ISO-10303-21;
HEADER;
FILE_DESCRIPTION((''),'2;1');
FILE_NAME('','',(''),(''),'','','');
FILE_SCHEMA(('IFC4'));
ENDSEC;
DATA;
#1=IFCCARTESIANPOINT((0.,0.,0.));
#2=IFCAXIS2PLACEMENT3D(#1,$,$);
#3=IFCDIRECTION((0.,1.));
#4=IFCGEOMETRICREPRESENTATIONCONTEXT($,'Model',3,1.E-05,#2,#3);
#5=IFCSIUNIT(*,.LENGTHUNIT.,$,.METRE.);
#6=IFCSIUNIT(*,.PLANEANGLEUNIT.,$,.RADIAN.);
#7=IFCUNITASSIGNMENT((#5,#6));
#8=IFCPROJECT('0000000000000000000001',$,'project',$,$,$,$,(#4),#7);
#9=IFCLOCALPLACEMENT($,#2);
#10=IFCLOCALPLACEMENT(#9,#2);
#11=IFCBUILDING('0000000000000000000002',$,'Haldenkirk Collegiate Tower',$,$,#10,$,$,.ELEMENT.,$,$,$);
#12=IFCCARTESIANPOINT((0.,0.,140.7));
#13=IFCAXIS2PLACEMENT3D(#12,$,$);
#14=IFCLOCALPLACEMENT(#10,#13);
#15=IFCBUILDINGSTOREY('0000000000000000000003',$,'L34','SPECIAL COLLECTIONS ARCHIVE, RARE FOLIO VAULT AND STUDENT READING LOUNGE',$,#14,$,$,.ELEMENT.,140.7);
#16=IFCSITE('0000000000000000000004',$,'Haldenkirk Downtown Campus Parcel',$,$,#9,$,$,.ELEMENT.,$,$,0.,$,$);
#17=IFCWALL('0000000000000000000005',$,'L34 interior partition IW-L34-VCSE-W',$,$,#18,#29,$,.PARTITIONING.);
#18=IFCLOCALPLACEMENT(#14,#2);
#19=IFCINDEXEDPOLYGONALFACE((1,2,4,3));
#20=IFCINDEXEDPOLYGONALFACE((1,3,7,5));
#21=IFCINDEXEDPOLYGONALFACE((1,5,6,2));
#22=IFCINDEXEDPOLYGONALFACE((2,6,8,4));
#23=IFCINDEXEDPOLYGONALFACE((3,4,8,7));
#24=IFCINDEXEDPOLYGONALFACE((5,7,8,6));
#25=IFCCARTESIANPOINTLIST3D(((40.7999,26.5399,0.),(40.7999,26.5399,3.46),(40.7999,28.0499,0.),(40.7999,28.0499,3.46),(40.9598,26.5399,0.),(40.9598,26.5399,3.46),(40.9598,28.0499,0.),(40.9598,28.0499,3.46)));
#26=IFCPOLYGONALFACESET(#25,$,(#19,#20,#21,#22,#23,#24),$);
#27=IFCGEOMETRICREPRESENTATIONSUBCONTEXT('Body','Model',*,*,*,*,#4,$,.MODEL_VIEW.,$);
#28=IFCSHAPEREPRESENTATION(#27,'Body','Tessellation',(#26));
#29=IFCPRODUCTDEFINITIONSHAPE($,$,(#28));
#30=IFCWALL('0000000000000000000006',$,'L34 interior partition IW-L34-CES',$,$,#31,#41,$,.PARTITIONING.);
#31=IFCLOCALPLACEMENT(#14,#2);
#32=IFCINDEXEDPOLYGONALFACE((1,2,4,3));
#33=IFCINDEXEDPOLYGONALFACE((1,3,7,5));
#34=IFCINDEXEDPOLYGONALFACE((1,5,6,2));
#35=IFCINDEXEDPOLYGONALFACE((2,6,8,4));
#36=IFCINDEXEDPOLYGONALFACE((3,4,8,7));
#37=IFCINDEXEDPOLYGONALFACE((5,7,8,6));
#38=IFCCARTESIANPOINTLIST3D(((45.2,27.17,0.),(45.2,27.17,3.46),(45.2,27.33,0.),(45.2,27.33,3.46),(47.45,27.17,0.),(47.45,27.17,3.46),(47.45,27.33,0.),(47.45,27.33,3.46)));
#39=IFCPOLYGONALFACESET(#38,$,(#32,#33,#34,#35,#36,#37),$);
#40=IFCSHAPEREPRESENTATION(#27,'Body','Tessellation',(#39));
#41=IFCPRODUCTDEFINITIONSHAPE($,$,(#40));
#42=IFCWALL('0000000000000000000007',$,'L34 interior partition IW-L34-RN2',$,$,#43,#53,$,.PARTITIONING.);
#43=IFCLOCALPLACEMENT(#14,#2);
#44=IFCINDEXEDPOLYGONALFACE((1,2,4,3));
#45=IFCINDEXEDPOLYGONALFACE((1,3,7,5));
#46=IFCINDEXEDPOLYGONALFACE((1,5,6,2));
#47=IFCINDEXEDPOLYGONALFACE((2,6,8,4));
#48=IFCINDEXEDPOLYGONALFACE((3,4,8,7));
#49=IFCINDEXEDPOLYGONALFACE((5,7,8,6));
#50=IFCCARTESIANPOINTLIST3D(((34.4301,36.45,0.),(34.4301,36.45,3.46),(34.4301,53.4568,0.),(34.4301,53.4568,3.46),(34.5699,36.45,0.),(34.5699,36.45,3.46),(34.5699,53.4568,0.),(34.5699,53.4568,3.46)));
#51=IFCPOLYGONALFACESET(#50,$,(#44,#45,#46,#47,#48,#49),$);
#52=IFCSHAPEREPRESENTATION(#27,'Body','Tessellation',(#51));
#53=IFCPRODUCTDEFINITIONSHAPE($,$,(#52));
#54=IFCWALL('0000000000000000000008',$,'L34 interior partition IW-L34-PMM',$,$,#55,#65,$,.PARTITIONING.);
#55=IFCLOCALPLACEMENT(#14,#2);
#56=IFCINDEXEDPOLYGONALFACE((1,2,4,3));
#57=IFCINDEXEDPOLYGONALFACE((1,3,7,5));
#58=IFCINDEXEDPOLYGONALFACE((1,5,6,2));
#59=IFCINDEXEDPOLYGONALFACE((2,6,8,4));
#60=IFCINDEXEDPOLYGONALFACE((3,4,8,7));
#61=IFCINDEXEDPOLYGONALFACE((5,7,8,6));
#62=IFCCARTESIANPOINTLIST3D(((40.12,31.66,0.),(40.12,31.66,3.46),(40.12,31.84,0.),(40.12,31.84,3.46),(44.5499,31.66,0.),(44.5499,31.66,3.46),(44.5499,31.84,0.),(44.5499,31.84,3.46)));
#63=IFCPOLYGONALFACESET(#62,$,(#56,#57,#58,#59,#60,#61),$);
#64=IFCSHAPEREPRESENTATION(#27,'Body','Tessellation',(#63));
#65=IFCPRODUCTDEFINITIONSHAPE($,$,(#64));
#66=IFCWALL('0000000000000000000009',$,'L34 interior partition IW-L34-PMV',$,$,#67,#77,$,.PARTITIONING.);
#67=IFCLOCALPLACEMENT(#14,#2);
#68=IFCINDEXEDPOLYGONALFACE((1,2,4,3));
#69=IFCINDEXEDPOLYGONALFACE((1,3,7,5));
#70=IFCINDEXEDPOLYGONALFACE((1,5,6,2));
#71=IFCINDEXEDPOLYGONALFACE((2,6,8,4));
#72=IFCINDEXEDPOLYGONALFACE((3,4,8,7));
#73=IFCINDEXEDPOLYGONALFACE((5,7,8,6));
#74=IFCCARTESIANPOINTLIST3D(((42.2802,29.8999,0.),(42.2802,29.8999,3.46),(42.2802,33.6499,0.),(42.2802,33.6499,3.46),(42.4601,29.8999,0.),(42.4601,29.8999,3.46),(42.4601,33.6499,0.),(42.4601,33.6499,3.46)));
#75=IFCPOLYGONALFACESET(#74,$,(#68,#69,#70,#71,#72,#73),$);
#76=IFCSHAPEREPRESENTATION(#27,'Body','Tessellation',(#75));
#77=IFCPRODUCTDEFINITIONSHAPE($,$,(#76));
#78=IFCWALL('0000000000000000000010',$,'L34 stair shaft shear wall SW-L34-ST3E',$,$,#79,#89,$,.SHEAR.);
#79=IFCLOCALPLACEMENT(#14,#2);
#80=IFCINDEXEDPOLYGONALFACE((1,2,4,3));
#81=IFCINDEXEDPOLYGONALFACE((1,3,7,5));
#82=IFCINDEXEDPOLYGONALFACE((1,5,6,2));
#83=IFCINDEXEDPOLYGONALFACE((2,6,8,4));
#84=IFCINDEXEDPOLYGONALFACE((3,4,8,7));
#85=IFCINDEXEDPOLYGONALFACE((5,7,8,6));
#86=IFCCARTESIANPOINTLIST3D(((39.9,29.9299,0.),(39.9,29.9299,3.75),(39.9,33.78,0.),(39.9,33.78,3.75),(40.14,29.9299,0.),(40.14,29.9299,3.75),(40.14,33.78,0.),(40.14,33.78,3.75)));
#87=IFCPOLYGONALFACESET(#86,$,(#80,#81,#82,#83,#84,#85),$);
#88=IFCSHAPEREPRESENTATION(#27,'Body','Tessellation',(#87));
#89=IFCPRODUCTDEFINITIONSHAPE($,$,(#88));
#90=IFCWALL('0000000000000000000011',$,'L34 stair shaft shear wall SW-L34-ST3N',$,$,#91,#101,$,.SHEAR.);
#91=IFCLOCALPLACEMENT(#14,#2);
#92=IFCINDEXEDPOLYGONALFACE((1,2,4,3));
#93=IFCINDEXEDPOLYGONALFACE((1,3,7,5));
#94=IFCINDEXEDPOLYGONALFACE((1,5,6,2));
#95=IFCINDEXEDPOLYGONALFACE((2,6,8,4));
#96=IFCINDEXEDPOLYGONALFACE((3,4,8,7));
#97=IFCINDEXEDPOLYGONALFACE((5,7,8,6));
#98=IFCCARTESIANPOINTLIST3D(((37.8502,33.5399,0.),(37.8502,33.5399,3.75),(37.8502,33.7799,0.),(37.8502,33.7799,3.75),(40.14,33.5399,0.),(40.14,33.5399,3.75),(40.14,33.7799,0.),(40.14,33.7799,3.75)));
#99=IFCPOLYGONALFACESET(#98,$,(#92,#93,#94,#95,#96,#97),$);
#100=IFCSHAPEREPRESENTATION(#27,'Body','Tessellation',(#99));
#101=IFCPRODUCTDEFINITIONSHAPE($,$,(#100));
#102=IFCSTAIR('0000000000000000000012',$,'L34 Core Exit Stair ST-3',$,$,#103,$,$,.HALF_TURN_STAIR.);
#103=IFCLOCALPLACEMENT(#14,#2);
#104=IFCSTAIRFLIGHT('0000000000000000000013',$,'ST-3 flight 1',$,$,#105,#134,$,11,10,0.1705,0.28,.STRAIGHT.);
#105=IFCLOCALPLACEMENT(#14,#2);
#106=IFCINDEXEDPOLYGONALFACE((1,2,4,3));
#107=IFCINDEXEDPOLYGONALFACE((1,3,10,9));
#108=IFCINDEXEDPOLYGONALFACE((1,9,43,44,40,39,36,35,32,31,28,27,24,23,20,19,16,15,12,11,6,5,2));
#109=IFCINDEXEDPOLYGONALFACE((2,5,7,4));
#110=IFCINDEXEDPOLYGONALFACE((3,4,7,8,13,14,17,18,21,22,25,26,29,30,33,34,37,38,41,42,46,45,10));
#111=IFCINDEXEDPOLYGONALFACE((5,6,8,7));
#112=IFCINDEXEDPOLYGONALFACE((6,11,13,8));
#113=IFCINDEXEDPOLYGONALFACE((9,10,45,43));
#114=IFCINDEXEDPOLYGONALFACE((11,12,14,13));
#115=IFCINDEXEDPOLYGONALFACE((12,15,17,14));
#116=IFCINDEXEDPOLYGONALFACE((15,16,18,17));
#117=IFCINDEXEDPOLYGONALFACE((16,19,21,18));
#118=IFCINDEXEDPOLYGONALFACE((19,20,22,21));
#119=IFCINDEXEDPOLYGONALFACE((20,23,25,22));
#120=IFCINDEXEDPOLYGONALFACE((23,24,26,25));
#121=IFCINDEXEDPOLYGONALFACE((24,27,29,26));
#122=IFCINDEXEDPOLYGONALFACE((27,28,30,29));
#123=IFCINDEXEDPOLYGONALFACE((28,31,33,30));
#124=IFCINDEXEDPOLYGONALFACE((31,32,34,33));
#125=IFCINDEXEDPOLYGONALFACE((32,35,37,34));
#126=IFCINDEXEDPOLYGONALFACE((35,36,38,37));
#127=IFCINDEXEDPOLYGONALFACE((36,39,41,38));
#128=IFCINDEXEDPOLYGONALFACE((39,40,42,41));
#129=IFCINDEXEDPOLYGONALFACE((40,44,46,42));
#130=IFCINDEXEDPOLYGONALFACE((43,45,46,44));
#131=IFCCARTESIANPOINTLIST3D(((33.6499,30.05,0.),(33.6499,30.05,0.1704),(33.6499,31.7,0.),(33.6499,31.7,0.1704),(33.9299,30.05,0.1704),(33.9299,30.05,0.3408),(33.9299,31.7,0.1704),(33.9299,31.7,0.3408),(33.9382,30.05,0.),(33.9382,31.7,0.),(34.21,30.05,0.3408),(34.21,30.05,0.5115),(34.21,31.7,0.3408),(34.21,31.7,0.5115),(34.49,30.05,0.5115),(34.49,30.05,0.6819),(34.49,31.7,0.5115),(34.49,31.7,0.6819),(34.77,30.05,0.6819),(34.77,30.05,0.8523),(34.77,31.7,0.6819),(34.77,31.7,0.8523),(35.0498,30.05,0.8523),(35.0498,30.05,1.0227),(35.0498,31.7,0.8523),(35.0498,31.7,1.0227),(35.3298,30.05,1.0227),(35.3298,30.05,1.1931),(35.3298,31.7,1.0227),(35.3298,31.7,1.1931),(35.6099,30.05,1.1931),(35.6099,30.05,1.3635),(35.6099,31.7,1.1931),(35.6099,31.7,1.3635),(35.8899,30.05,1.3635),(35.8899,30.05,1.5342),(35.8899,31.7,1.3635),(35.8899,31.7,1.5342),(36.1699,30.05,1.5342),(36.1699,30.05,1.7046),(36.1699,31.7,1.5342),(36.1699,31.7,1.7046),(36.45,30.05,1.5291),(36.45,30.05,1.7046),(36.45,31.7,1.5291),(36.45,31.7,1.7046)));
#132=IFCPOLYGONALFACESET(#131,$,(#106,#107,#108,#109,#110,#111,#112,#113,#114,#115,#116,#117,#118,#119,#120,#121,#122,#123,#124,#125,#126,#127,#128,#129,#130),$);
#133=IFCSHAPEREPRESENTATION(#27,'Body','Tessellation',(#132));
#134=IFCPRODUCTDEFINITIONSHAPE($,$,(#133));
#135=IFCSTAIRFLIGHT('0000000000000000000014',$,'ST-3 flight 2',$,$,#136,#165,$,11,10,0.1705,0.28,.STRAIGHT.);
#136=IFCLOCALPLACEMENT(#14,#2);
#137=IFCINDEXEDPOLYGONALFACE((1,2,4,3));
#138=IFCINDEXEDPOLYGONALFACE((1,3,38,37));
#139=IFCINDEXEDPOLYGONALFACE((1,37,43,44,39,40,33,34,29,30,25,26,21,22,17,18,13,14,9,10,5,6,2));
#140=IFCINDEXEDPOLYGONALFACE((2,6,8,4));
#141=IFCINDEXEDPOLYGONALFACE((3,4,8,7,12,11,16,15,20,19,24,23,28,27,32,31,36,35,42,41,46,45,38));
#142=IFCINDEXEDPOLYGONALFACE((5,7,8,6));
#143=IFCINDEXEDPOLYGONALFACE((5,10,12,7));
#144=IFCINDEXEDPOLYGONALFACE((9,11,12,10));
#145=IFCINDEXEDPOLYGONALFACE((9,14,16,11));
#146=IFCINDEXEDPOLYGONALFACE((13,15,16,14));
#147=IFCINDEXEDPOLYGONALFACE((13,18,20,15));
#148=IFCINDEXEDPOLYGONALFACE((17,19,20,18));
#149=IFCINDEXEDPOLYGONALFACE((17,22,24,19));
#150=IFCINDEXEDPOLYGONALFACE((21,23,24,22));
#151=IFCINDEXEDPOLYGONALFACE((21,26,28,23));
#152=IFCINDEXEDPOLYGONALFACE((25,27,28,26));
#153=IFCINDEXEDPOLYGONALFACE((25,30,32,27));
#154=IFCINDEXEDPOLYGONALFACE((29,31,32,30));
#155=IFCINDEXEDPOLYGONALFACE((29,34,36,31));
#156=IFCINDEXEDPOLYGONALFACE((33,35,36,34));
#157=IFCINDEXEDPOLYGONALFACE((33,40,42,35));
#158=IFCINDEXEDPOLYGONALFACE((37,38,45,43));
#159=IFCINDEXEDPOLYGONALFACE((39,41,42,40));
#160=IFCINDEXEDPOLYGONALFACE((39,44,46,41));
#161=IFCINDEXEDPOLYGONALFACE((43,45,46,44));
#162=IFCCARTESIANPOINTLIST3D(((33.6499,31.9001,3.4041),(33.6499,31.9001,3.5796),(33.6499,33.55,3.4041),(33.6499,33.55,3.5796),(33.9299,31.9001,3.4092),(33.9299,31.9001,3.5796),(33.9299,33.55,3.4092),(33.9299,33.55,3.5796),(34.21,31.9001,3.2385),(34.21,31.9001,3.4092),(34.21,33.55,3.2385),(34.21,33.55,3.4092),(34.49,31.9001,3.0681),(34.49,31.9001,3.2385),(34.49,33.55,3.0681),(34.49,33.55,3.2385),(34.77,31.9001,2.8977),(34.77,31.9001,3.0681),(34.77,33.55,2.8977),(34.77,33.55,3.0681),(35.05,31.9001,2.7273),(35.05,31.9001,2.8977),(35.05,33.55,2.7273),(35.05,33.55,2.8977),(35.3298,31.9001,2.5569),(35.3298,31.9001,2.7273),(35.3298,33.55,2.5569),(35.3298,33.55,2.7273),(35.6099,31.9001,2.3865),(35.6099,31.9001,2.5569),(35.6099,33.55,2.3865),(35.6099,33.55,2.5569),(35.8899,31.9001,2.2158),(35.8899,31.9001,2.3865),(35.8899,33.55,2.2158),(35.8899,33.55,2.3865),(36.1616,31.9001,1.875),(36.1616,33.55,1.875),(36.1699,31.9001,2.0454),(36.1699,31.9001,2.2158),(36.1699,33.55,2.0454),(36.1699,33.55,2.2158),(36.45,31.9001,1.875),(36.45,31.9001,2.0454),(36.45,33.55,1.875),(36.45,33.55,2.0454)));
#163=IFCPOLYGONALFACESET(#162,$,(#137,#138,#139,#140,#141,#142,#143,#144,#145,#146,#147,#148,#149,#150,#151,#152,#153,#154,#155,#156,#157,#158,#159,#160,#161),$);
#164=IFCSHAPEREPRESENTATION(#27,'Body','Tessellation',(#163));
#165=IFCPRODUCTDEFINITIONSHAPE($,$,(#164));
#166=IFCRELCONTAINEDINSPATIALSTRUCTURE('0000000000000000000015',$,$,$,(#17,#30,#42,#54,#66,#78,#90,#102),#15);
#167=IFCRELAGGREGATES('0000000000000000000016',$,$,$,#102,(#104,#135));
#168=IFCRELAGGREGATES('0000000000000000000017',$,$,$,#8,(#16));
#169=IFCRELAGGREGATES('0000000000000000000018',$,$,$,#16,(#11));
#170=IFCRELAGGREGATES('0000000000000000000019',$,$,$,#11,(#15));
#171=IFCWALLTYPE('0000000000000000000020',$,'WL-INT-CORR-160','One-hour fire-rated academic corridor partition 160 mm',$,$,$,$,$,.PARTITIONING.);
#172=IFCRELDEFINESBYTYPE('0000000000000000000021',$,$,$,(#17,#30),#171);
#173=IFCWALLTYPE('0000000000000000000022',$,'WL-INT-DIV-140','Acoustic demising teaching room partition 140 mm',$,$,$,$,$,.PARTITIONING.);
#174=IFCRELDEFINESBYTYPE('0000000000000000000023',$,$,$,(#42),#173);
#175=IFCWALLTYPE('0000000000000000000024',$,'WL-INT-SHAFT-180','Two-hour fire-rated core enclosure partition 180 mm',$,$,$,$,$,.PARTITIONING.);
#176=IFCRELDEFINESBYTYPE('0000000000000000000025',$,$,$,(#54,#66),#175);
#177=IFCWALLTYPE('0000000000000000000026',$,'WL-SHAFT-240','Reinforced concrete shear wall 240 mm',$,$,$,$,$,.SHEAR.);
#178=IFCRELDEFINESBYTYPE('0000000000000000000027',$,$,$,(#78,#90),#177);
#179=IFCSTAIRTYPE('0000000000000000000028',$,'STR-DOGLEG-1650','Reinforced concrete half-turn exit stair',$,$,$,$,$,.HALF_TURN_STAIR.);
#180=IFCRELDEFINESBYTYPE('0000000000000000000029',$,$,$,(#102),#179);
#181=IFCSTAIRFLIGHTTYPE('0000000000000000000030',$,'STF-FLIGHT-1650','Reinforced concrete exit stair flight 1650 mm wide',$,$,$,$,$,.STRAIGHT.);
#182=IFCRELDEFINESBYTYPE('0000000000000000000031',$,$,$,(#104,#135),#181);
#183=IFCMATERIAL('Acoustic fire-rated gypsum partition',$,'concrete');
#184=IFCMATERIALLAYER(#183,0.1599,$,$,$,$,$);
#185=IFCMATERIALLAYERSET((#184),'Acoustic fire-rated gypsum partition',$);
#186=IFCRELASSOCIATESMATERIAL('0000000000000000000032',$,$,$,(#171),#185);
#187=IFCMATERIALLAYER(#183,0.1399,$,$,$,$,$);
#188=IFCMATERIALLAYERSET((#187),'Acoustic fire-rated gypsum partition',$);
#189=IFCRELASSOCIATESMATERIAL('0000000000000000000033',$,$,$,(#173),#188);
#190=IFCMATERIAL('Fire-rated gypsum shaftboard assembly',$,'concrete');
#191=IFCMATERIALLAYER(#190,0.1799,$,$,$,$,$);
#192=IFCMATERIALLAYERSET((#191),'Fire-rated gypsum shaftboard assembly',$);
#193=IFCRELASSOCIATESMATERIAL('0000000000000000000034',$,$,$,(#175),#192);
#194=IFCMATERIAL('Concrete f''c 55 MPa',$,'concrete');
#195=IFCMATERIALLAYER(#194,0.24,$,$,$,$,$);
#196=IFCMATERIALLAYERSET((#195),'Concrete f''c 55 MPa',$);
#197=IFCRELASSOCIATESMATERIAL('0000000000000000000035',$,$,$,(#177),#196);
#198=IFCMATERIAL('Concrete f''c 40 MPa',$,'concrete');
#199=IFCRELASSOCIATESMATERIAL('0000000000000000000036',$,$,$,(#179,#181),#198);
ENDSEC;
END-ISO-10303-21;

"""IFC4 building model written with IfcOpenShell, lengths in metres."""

from ifc_helpers import new_model, si_unit, direction, frame, frame_2d, origin, place, context, subcontext, project, spatial, polyline, rectangle, outline, extrude, material, layer, layer_set, type_object, element, aggregate, save


model = new_model("IFC4")

# Units and contexts
model_context = context("Model", 3, precision=1e-05, world=origin(), true_north=direction((0.0, 1.0)))
body_context = subcontext(model_context, "Body", "Model", "MODEL_VIEW")
ifc_project = project(units=[si_unit("LENGTHUNIT", "METRE"), si_unit("PLANEANGLEUNIT", "RADIAN")], contexts=[model_context])

# Site, building, storey
site_placement = place(None, origin())
site = spatial("IfcSite", under=ifc_project, at=site_placement, Name="Haldenkirk Downtown Campus Parcel", CompositionType="ELEMENT", RefElevation=0.0)
building_placement = place(site_placement, origin())
building = spatial("IfcBuilding", under=site, at=building_placement, Name="Haldenkirk Collegiate Tower", CompositionType="ELEMENT")
storey_placement = place(building_placement, frame((0.0, 0.0, 140.7)))
storey = spatial("IfcBuildingStorey", under=building, at=storey_placement, Name="L34", Description="SPECIAL COLLECTIONS ARCHIVE, RARE FOLIO VAULT AND STUDENT READING LOUNGE", CompositionType="ELEMENT", Elevation=140.7)

# Shared definitions
ifc_material_1 = material(Name="Acoustic fire-rated gypsum partition", Category="concrete")
ifc_layer_1 = layer(ifc_material_1, 0.1599)
ifc_layer_set_1 = layer_set([ifc_layer_1], Name="Acoustic fire-rated gypsum partition")
wall_type_1 = type_object("IfcWallType", Name="WL-INT-CORR-160", Description="One-hour fire-rated academic corridor partition 160 mm", PredefinedType="PARTITIONING", material=ifc_layer_set_1)

# Walls
wall_1_placement = place(storey_placement, frame((40.8799, 26.54, 0.0), z_axis=(0.0, 0.0, 1.0), x_axis=(0.0, 1.0, 0.0)))
element("IfcWall", 1, at=wall_1_placement, inside=storey, type_object=wall_type_1, Name="L34 interior partition IW-L34-VCSE-W", PredefinedType="PARTITIONING", context=body_context, shape_type="SweptSolid", body=[
    extrude(rectangle(XDim=1.51, YDim=0.1599, at=frame_2d((0.7549, 0.0))), origin(), (0.0, 0.0, 1.0), 3.46),
])
wall_2_placement = place(storey_placement, frame((45.2, 27.25, 0.0), z_axis=(0.0, 0.0, 1.0), x_axis=(1.0, 0.0, 0.0)))
element("IfcWall", 2, at=wall_2_placement, inside=storey, type_object=wall_type_1, Name="L34 interior partition IW-L34-CES", PredefinedType="PARTITIONING", context=body_context, shape_type="SweptSolid", body=[
    extrude(rectangle(XDim=2.25, YDim=0.1599, at=frame_2d((1.125, 0.0))), origin(), (0.0, 0.0, 1.0), 3.46),
])
ifc_layer_2 = layer(ifc_material_1, 0.1399)
ifc_layer_set_2 = layer_set([ifc_layer_2], Name="Acoustic fire-rated gypsum partition")
wall_type_2 = type_object("IfcWallType", Name="WL-INT-DIV-140", Description="Acoustic demising teaching room partition 140 mm", PredefinedType="PARTITIONING", material=ifc_layer_set_2)
wall_3_placement = place(storey_placement, frame((34.5, 36.45, 0.0), z_axis=(0.0, 0.0, 1.0), x_axis=(0.0, 1.0, 0.0)))
element("IfcWall", 3, at=wall_3_placement, inside=storey, type_object=wall_type_2, Name="L34 interior partition IW-L34-RN2", PredefinedType="PARTITIONING", context=body_context, shape_type="SweptSolid", body=[
    extrude(rectangle(XDim=17.0068, YDim=0.1399, at=frame_2d((8.5034, 0.0))), origin(), (0.0, 0.0, 1.0), 3.46),
])

# Shared definitions
ifc_material_2 = material(Name="Fire-rated gypsum shaftboard assembly", Category="concrete")
ifc_layer_3 = layer(ifc_material_2, 0.1799)
ifc_layer_set_3 = layer_set([ifc_layer_3], Name="Fire-rated gypsum shaftboard assembly")
wall_type_3 = type_object("IfcWallType", Name="WL-INT-SHAFT-180", Description="Two-hour fire-rated core enclosure partition 180 mm", PredefinedType="PARTITIONING", material=ifc_layer_set_3)

# Walls
wall_4_placement = place(storey_placement, frame((40.1201, 31.75, 0.0), z_axis=(0.0, 0.0, 1.0), x_axis=(1.0, 0.0, 0.0)))
element("IfcWall", 4, at=wall_4_placement, inside=storey, type_object=wall_type_3, Name="L34 interior partition IW-L34-PMM", PredefinedType="PARTITIONING", context=body_context, shape_type="SweptSolid", body=[
    extrude(rectangle(XDim=4.4299, YDim=0.1799, at=frame_2d((2.2148, 0.0))), origin(), (0.0, 0.0, 1.0), 3.46),
])
wall_5_placement = place(storey_placement, frame((42.3701, 29.8999, 0.0), z_axis=(0.0, 0.0, 1.0), x_axis=(0.0, 1.0, 0.0)))
element("IfcWall", 5, at=wall_5_placement, inside=storey, type_object=wall_type_3, Name="L34 interior partition IW-L34-PMV", PredefinedType="PARTITIONING", context=body_context, shape_type="SweptSolid", body=[
    extrude(rectangle(XDim=3.75, YDim=0.1799, at=frame_2d((1.875, 0.0))), origin(), (0.0, 0.0, 1.0), 3.46),
])
ifc_material_3 = material(Name="Concrete f'c 55 MPa", Category="concrete")
ifc_layer_4 = layer(ifc_material_3, 0.24)
ifc_layer_set_4 = layer_set([ifc_layer_4], Name="Concrete f'c 55 MPa")
wall_type_4 = type_object("IfcWallType", Name="WL-SHAFT-240", Description="Reinforced concrete shear wall 240 mm", PredefinedType="SHEAR", material=ifc_layer_set_4)
wall_6_placement = place(storey_placement, frame((40.02, 29.9299, 0.0), z_axis=(0.0, 0.0, 1.0), x_axis=(0.0, 1.0, 0.0)))
element("IfcWall", 6, at=wall_6_placement, inside=storey, type_object=wall_type_4, Name="L34 stair shaft shear wall SW-L34-ST3E", PredefinedType="SHEAR", context=body_context, shape_type="SweptSolid", body=[
    extrude(rectangle(XDim=3.8501, YDim=0.24, at=frame_2d((1.925, 0.0))), origin(), (0.0, 0.0, 1.0), 3.75),
])
wall_7_placement = place(storey_placement, frame((37.8501, 33.6599, 0.0), z_axis=(0.0, 0.0, 1.0), x_axis=(1.0, 0.0, 0.0)))
element("IfcWall", 7, at=wall_7_placement, inside=storey, type_object=wall_type_4, Name="L34 stair shaft shear wall SW-L34-ST3N", PredefinedType="SHEAR", context=body_context, shape_type="SweptSolid", body=[
    extrude(rectangle(XDim=2.2898, YDim=0.24, at=frame_2d((1.145, 0.0))), origin(), (0.0, 0.0, 1.0), 3.75),
])

# Stair, stair flights
ifc_material_4 = material(Name="Concrete f'c 40 MPa", Category="concrete")
stair_type = type_object("IfcStairType", Name="STR-DOGLEG-1650", Description="Reinforced concrete half-turn exit stair", PredefinedType="HALF_TURN_STAIR", material=ifc_material_4)
stair_placement = place(storey_placement, origin())
stair = element("IfcStair", 8, at=stair_placement, inside=storey, type_object=stair_type, Name="L34 Core Exit Stair ST-3", PredefinedType="HALF_TURN_STAIR")
stair_flight_type = type_object("IfcStairFlightType", Name="STF-FLIGHT-1650", Description="Reinforced concrete exit stair flight 1650 mm wide", PredefinedType="STRAIGHT", material=ifc_material_4)
stair_flight_1_placement = place(storey_placement, frame((33.6499, 30.875, 0.0), z_axis=(0.0, 0.0, 1.0), x_axis=(1.0, 0.0, 0.0)))
stair_flight_1 = element("IfcStairFlight", 9, at=stair_flight_1_placement, type_object=stair_flight_type, Name="ST-3 flight 1", NumberOfRisers=11, NumberOfTreads=10, PredefinedType="STRAIGHT", RiserHeight=0.1705, TreadLength=0.28, context=body_context, shape_type="SweptSolid", body=[
    extrude(outline(polyline([(0.0, 0.0), (0.0, 0.1704), (0.28, 0.1704), (0.28, 0.3408), (0.5601, 0.3408), (0.5601, 0.5115), (0.8401, 0.5115), (0.8401, 0.6819), (1.1201, 0.6819), (1.1201, 0.8523), (1.3999, 0.8523), (1.3999, 1.0227), (1.6799, 1.0227), (1.6799, 1.1931), (1.96, 1.1931), (1.96, 1.3635), (2.24, 1.3635), (2.24, 1.5342), (2.52, 1.5342), (2.52, 1.7046), (2.8, 1.7046), (2.8, 1.875), (2.8, 1.5291), (0.2883, 0.0), (0.0, 0.0)])), frame((0.0, 0.825, 0.0), z_axis=(0.0, -1.0, 0.0), x_axis=(1.0, 0.0, 0.0)), (0.0, 0.0, 1.0), 1.6499),
])
stair_flight_2_placement = place(storey_placement, frame((36.45, 32.7251, 1.875), z_axis=(0.0, 0.0, 1.0), x_axis=(-1.0, 0.0, 0.0)))
stair_flight_2 = element("IfcStairFlight", 10, at=stair_flight_2_placement, type_object=stair_flight_type, Name="ST-3 flight 2", NumberOfRisers=11, NumberOfTreads=10, PredefinedType="STRAIGHT", RiserHeight=0.1705, TreadLength=0.28, context=body_context, shape_type="SweptSolid", body=[
    extrude(outline(polyline([(0.0, 0.0), (0.0, 0.1704), (0.28, 0.1704), (0.28, 0.3408), (0.5601, 0.3408), (0.5601, 0.5115), (0.8401, 0.5115), (0.8401, 0.6819), (1.1201, 0.6819), (1.1201, 0.8523), (1.3999, 0.8523), (1.3999, 1.0227), (1.6799, 1.0227), (1.6799, 1.1931), (1.96, 1.1931), (1.96, 1.3635), (2.24, 1.3635), (2.24, 1.5342), (2.52, 1.5342), (2.52, 1.7046), (2.8, 1.7046), (2.8, 1.875), (2.8, 1.5291), (0.2883, 0.0), (0.0, 0.0)])), frame((0.0, 0.825, 0.0), z_axis=(0.0, -1.0, 0.0), x_axis=(1.0, 0.0, 0.0)), (0.0, 0.0, 1.0), 1.6499),
])
aggregate(stair, [stair_flight_1, stair_flight_2])

save(model, "model.ifc")
